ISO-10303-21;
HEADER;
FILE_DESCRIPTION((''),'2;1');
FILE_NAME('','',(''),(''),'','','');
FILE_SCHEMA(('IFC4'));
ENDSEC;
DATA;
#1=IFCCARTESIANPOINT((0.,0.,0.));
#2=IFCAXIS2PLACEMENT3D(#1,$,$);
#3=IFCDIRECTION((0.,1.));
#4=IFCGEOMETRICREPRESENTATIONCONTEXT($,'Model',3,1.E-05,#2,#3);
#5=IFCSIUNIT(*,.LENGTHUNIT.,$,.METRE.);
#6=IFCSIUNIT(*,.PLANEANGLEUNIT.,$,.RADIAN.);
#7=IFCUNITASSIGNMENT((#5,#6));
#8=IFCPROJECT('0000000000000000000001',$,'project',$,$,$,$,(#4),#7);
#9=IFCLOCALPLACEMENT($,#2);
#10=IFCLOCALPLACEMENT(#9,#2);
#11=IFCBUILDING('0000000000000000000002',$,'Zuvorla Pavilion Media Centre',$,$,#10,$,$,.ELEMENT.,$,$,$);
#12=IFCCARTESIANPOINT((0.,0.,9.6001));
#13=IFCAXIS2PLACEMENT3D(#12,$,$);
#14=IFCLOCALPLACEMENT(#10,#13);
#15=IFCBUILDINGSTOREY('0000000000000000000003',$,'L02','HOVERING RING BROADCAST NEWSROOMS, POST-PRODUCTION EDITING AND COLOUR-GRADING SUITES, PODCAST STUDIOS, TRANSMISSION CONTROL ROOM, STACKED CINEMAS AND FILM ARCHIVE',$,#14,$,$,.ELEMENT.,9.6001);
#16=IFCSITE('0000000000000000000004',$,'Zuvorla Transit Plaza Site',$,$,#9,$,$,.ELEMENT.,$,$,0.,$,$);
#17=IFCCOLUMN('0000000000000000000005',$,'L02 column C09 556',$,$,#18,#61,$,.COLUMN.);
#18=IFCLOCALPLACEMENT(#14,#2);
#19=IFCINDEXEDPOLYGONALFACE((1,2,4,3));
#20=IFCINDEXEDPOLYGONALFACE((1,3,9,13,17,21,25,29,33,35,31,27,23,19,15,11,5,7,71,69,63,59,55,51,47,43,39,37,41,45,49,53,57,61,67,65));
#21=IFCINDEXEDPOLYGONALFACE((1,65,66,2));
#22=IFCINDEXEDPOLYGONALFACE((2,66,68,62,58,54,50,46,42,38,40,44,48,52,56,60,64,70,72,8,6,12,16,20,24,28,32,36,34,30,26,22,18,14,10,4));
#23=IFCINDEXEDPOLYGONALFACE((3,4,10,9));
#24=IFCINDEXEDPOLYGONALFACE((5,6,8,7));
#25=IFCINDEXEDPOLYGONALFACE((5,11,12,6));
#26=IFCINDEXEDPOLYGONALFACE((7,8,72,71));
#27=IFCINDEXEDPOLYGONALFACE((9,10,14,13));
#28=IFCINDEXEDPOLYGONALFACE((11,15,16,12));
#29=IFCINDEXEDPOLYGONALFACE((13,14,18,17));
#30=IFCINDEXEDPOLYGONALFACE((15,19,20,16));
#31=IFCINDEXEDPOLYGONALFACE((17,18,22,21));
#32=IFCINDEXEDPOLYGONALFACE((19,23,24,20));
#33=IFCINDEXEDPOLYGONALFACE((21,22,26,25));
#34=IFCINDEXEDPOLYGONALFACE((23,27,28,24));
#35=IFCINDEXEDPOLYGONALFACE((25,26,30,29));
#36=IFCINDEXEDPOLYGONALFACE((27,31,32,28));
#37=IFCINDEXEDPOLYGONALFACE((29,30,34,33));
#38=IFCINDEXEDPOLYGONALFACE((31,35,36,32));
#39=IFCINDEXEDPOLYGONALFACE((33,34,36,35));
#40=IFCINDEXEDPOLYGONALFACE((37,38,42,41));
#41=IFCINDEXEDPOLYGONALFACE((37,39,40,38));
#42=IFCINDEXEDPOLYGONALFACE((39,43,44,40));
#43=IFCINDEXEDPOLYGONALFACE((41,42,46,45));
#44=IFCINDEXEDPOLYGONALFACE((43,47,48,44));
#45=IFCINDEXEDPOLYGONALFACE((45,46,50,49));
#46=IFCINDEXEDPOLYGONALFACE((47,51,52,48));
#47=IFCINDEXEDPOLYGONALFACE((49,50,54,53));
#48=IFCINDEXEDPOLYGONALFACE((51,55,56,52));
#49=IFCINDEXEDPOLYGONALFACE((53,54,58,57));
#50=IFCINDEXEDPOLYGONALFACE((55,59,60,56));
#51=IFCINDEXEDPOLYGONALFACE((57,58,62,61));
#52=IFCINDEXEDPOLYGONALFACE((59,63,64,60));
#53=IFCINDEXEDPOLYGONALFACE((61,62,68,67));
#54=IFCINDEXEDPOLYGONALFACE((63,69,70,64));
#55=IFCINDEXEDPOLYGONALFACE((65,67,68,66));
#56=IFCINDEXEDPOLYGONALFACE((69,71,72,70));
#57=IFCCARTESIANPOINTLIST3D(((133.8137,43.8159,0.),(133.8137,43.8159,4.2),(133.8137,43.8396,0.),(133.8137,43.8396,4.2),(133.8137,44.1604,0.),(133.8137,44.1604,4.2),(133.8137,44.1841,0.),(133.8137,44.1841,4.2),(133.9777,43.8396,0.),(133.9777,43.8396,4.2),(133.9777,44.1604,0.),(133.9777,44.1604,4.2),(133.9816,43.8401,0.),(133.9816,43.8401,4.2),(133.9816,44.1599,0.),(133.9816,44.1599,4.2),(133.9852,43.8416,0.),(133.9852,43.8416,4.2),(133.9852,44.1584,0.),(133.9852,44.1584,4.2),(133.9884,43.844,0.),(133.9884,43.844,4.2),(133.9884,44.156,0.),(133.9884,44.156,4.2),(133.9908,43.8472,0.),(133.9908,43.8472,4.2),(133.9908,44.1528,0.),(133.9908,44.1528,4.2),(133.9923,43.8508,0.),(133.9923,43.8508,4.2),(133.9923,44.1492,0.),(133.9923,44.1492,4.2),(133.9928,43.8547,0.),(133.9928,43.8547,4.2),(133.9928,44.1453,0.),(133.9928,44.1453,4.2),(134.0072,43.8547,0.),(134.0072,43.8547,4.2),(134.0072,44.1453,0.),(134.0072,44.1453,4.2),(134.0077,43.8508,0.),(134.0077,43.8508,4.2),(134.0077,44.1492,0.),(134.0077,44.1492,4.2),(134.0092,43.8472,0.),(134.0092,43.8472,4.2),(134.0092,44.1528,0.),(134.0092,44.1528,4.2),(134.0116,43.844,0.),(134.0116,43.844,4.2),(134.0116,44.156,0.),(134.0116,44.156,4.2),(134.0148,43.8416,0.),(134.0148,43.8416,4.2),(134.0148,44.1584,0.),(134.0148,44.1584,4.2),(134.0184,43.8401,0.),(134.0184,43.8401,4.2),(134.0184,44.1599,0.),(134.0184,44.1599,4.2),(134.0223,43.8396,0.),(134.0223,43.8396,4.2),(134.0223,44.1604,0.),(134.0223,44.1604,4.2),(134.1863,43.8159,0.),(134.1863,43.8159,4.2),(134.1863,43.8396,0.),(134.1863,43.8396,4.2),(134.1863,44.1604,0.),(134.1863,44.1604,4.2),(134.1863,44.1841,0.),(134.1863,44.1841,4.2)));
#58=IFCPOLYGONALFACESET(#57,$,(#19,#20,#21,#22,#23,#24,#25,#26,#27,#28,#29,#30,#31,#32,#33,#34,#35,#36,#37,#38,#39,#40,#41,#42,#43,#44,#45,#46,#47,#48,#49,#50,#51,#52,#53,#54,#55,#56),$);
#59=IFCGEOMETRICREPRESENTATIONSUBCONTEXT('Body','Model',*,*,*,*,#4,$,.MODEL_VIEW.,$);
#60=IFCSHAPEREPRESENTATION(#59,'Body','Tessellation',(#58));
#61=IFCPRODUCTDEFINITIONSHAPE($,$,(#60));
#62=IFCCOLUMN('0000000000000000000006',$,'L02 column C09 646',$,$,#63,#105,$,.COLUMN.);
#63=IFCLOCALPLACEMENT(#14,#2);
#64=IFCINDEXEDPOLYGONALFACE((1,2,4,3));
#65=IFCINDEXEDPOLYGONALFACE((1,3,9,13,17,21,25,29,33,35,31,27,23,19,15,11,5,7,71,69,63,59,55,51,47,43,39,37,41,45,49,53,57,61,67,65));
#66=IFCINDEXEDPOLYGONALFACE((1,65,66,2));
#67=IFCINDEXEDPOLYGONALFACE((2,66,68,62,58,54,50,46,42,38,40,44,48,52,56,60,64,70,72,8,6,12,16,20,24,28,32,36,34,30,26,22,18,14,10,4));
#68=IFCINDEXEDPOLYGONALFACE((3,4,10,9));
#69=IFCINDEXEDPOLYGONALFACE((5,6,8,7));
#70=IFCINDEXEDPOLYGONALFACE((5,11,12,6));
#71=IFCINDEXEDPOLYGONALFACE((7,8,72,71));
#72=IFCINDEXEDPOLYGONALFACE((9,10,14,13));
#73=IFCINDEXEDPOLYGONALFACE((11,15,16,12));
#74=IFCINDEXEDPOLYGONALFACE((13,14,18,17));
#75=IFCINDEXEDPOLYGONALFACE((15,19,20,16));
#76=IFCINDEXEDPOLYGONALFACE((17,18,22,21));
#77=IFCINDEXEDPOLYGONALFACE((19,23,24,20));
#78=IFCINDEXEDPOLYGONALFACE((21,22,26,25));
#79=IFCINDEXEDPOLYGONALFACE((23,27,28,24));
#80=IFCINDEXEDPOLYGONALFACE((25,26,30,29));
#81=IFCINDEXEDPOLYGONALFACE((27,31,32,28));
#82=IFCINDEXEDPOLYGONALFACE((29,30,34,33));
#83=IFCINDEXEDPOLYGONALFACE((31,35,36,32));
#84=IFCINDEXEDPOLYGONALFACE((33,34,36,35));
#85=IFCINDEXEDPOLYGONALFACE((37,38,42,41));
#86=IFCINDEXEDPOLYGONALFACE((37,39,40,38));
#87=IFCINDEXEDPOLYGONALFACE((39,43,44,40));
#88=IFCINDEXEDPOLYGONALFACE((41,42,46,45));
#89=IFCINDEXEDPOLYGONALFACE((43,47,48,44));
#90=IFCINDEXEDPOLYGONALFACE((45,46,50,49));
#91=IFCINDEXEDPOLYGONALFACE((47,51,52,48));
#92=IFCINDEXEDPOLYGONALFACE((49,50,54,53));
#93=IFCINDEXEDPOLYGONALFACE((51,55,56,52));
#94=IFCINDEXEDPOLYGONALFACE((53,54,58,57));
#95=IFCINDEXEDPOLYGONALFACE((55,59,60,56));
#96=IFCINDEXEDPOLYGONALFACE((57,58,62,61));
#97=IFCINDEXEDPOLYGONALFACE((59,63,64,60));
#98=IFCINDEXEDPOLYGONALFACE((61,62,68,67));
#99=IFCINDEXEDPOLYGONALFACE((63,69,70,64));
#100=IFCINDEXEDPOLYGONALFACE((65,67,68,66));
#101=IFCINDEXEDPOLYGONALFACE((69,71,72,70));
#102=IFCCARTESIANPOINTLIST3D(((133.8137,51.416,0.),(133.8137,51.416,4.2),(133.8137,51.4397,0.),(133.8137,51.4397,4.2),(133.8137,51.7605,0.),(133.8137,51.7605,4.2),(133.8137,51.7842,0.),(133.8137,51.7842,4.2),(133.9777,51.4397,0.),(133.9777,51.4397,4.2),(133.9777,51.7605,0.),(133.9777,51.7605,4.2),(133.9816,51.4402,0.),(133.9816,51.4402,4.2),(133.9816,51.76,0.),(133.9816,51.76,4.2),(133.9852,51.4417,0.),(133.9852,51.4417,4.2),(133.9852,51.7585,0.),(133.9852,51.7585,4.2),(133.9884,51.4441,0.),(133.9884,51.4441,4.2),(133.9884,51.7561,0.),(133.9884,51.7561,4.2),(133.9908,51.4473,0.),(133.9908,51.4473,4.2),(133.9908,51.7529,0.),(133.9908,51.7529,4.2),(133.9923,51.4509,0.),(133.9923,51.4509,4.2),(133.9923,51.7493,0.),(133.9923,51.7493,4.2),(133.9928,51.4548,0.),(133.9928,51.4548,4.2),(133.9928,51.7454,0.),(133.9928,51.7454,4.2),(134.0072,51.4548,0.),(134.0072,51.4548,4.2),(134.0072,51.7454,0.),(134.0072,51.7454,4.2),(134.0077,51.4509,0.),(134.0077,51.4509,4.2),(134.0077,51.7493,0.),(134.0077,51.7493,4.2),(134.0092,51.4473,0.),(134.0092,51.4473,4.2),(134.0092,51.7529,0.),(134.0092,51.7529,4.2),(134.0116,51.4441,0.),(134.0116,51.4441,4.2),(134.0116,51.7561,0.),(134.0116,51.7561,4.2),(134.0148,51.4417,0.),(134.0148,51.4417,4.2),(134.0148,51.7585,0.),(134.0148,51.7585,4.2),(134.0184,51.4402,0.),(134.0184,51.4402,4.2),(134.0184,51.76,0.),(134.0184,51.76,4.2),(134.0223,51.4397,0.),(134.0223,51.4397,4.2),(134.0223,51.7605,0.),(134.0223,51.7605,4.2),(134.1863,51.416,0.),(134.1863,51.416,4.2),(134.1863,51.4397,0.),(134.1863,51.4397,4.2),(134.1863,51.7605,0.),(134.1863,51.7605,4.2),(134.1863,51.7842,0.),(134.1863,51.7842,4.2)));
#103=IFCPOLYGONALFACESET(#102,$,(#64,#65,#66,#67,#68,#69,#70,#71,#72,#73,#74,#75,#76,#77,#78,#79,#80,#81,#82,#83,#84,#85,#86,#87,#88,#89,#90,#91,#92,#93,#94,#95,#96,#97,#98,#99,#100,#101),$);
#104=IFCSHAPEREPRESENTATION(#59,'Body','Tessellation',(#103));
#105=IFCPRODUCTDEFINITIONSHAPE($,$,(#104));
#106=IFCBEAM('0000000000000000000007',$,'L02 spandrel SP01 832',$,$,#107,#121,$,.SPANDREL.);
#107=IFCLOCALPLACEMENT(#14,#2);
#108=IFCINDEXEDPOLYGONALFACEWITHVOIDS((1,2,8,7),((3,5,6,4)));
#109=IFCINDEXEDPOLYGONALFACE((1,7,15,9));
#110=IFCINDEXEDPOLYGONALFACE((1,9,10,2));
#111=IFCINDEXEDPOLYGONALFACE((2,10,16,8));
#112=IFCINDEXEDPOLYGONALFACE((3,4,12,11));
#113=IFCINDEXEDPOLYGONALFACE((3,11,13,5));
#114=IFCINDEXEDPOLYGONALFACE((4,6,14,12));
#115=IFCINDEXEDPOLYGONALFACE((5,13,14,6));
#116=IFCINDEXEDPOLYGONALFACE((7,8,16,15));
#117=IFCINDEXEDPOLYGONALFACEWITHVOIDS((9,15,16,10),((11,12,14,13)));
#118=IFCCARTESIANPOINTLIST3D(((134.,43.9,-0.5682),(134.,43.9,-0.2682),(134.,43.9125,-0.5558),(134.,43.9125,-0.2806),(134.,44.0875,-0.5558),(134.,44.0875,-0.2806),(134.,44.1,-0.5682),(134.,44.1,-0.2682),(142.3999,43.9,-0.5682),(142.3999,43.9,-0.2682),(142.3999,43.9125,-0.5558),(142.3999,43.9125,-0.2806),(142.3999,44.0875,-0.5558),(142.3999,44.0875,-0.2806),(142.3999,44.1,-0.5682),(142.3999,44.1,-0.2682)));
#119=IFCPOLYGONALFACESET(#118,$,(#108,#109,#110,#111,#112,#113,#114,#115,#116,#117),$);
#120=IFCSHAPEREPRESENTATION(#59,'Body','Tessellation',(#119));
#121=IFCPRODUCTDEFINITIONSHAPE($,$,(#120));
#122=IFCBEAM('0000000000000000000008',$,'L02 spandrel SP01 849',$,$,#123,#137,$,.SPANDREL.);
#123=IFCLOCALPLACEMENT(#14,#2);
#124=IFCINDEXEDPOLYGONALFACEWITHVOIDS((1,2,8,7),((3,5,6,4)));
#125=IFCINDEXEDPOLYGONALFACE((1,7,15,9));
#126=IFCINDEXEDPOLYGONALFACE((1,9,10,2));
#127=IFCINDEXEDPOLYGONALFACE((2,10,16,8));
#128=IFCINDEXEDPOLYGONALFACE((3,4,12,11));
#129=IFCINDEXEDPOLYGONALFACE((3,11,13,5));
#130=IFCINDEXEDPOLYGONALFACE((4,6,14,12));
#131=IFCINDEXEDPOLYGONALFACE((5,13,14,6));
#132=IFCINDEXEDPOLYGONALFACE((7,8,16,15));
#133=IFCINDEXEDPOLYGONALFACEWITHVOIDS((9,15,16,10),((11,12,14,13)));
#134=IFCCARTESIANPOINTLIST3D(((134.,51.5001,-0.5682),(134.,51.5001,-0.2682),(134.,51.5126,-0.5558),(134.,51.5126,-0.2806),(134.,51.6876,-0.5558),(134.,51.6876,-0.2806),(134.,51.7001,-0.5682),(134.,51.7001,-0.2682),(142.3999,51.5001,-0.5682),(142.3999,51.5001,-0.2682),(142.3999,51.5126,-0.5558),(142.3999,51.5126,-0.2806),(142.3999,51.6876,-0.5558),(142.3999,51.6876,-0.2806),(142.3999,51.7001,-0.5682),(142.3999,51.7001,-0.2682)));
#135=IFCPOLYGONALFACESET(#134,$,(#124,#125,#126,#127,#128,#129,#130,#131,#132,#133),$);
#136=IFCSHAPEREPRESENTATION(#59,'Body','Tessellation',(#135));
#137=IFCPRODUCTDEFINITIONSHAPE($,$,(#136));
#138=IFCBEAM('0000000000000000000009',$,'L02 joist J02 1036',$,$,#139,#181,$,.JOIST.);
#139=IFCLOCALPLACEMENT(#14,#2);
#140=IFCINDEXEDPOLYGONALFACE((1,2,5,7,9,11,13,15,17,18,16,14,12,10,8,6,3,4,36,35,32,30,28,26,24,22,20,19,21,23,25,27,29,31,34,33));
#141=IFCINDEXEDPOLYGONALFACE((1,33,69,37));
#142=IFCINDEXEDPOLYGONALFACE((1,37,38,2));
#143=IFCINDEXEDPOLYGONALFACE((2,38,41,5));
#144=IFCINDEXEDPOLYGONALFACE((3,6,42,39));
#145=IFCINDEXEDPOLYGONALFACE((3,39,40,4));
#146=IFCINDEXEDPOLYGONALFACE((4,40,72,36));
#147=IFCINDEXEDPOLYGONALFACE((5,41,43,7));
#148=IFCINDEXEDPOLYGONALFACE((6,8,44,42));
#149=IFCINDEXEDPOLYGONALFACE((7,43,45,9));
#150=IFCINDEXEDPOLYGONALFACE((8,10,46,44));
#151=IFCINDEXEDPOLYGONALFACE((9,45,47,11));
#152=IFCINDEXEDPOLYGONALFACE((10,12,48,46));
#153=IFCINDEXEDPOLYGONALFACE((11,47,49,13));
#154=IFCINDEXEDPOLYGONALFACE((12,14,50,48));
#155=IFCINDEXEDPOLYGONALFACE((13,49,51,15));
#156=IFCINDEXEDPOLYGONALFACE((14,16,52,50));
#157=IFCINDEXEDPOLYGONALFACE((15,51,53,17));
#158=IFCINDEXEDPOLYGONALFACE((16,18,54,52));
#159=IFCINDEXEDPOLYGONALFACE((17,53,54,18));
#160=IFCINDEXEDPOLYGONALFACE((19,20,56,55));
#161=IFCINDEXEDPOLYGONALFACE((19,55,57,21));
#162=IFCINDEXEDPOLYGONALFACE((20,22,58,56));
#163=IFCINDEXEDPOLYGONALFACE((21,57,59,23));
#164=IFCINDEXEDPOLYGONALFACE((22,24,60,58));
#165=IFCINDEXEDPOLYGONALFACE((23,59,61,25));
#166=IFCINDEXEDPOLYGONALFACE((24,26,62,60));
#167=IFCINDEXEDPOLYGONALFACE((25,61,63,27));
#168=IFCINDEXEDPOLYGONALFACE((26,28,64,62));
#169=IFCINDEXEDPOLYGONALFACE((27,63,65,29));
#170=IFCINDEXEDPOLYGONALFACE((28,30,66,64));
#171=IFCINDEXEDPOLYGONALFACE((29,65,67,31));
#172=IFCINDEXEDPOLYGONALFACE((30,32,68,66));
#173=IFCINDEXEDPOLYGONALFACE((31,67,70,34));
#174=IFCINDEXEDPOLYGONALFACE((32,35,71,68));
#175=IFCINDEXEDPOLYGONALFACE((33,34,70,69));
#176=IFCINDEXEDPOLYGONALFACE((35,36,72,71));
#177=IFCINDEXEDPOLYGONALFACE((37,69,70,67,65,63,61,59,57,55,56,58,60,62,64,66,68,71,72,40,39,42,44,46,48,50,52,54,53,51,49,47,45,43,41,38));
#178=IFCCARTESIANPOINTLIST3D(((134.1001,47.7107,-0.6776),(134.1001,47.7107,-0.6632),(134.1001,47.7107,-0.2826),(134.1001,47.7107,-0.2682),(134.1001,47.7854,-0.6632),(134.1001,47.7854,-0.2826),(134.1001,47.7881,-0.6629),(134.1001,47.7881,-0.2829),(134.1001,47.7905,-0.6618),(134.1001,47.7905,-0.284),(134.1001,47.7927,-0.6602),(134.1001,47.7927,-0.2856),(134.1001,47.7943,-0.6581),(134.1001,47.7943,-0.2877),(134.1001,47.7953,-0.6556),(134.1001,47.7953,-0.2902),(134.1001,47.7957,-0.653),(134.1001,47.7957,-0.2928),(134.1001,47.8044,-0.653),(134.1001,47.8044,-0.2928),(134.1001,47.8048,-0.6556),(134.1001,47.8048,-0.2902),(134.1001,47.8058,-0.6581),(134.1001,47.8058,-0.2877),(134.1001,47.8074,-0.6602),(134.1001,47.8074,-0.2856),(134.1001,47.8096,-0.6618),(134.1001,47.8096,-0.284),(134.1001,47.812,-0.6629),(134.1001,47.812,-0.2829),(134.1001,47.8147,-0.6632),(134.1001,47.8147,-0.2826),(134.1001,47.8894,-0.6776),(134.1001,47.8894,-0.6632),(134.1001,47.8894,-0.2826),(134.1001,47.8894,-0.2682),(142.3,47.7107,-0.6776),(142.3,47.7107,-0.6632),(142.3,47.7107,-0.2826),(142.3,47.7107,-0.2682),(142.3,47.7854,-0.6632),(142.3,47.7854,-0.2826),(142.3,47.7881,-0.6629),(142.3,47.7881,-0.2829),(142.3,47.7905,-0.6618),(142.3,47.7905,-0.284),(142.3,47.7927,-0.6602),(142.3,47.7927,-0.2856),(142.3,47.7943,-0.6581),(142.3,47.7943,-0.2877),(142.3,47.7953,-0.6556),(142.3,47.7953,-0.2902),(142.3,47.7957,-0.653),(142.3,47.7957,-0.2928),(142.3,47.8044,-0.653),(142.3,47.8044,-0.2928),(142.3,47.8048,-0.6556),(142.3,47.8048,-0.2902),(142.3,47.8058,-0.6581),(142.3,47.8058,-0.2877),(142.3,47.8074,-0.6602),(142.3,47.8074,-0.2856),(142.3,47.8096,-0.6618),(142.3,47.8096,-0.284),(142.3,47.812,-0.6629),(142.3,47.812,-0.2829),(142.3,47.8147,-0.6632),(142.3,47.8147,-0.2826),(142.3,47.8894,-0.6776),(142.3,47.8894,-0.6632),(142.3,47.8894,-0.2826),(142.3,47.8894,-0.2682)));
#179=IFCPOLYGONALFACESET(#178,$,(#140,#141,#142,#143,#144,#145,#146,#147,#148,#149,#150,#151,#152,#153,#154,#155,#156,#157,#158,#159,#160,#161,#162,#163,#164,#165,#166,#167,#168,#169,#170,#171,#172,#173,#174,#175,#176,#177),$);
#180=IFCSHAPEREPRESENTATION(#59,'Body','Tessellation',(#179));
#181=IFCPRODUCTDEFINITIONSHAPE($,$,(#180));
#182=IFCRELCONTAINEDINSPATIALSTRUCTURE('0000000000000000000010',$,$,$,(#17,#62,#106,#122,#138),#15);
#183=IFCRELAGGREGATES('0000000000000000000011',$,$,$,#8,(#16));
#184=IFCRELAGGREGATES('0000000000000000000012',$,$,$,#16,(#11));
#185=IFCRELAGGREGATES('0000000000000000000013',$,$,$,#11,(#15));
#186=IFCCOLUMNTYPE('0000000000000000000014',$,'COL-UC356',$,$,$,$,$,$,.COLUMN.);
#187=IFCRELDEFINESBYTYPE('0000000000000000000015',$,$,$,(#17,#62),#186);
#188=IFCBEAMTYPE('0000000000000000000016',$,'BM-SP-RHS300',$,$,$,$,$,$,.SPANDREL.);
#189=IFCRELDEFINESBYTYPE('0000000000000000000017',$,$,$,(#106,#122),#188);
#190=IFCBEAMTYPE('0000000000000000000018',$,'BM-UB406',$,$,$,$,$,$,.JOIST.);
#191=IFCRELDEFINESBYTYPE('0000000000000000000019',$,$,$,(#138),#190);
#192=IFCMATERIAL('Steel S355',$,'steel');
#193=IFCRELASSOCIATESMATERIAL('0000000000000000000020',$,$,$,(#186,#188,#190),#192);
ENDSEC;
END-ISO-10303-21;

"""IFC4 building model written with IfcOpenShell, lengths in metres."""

from ifc_helpers import new_model, si_unit, direction, frame, origin, origin_2d, place, context, subcontext, project, spatial, hollow_rectangle, i_section, extrude, material, material_profile, profile_set, type_object, element, save


model = new_model("IFC4")

# Units and contexts
model_context = context("Model", 3, precision=1e-05, world=origin(), true_north=direction((0.0, 1.0)))
body_context = subcontext(model_context, "Body", "Model", "MODEL_VIEW")
ifc_project = project(units=[si_unit("LENGTHUNIT", "METRE"), si_unit("PLANEANGLEUNIT", "RADIAN")], contexts=[model_context])

# Site, building, storey
site_placement = place(None, origin())
site = spatial("IfcSite", under=ifc_project, at=site_placement, Name="Zuvorla Transit Plaza Site", CompositionType="ELEMENT", RefElevation=0.0)
building_placement = place(site_placement, origin())
building = spatial("IfcBuilding", under=site, at=building_placement, Name="Zuvorla Pavilion Media Centre", CompositionType="ELEMENT")
storey_placement = place(building_placement, frame((0.0, 0.0, 9.6001)))
storey = spatial("IfcBuildingStorey", under=building, at=storey_placement, Name="L02", Description="HOVERING RING BROADCAST NEWSROOMS, POST-PRODUCTION EDITING AND COLOUR-GRADING SUITES, PODCAST STUDIOS, TRANSMISSION CONTROL ROOM, STACKED CINEMAS AND FILM ARCHIVE", CompositionType="ELEMENT", Elevation=9.6001)

# Columns
ifc_material_1 = material(Name="Steel S355", Category="steel")
ifc_material_profile_1 = material_profile(ifc_material_1, i_section(OverallWidth=0.3726, OverallDepth=0.3682, WebThickness=0.0144, FlangeThickness=0.0237, FilletRadius=0.0151, at=origin_2d()), Name="UC 356x368x177")
ifc_profile_set_1 = profile_set([ifc_material_profile_1], Name="Steel S355")
column_type = type_object("IfcColumnType", Name="COL-UC356", PredefinedType="COLUMN", material=ifc_profile_set_1)
for number, where, z_axis, x_axis, name in (
    (1, (134.0, 44.0, 0.0), (0.0, 0.0, 1.0), (1.0, 0.0, 0.0), "L02 column C09 556"),
    (2, (134.0, 51.6001, 0.0), (0.0, 0.0, 1.0), (1.0, 0.0, 0.0), "L02 column C09 646"),
):
    element("IfcColumn", number, at=place(storey_placement, frame(where, z_axis=z_axis, x_axis=x_axis)), inside=storey, type_object=column_type, Name=name, PredefinedType="COLUMN", context=body_context, shape_type="SweptSolid", body=[
        extrude(i_section(OverallWidth=0.3726, OverallDepth=0.3682, WebThickness=0.0144, FlangeThickness=0.0237, FilletRadius=0.0151, at=origin_2d()), origin(), (0.0, 0.0, 1.0), 4.2),
    ])

# Beams
ifc_material_profile_2 = material_profile(ifc_material_1, hollow_rectangle(XDim=0.2, YDim=0.3, WallThickness=0.0125, at=origin_2d()), Name="RHS 300x200x12.5")
ifc_profile_set_2 = profile_set([ifc_material_profile_2], Name="Steel S355")
beam_type_1 = type_object("IfcBeamType", Name="BM-SP-RHS300", PredefinedType="SPANDREL", material=ifc_profile_set_2)
for number, where, z_axis, x_axis, name in (
    (3, (134.0, 44.0, -0.4182), (1.0, 0.0, 0.0), (0.0, 1.0, 0.0), "L02 spandrel SP01 832"),
    (4, (134.0, 51.6001, -0.4182), (1.0, 0.0, 0.0), (0.0, 1.0, 0.0), "L02 spandrel SP01 849"),
):
    element("IfcBeam", number, at=place(storey_placement, frame(where, z_axis=z_axis, x_axis=x_axis)), inside=storey, type_object=beam_type_1, Name=name, PredefinedType="SPANDREL", context=body_context, shape_type="SweptSolid", body=[
        extrude(hollow_rectangle(XDim=0.2, YDim=0.3, WallThickness=0.0125, at=origin_2d()), origin(), (0.0, 0.0, 1.0), 8.3999),
    ])
ifc_material_profile_3 = material_profile(ifc_material_1, i_section(OverallWidth=0.1787, OverallDepth=0.4094, WebThickness=0.0088, FlangeThickness=0.0144, FilletRadius=0.0103, at=origin_2d()), Name="UB 406x178x67")
ifc_profile_set_3 = profile_set([ifc_material_profile_3], Name="Steel S355")
beam_type_2 = type_object("IfcBeamType", Name="BM-UB406", PredefinedType="JOIST", material=ifc_profile_set_3)
beam_1_placement = place(storey_placement, frame((134.1001, 47.8, -0.4729), z_axis=(1.0, 0.0, 0.0), x_axis=(0.0, 1.0, 0.0)))
element("IfcBeam", 5, at=beam_1_placement, inside=storey, type_object=beam_type_2, Name="L02 joist J02 1036", PredefinedType="JOIST", context=body_context, shape_type="SweptSolid", body=[
    extrude(i_section(OverallWidth=0.1787, OverallDepth=0.4094, WebThickness=0.0088, FlangeThickness=0.0144, FilletRadius=0.0103, at=origin_2d()), origin(), (0.0, 0.0, 1.0), 8.2),
])

save(model, "model.ifc")
